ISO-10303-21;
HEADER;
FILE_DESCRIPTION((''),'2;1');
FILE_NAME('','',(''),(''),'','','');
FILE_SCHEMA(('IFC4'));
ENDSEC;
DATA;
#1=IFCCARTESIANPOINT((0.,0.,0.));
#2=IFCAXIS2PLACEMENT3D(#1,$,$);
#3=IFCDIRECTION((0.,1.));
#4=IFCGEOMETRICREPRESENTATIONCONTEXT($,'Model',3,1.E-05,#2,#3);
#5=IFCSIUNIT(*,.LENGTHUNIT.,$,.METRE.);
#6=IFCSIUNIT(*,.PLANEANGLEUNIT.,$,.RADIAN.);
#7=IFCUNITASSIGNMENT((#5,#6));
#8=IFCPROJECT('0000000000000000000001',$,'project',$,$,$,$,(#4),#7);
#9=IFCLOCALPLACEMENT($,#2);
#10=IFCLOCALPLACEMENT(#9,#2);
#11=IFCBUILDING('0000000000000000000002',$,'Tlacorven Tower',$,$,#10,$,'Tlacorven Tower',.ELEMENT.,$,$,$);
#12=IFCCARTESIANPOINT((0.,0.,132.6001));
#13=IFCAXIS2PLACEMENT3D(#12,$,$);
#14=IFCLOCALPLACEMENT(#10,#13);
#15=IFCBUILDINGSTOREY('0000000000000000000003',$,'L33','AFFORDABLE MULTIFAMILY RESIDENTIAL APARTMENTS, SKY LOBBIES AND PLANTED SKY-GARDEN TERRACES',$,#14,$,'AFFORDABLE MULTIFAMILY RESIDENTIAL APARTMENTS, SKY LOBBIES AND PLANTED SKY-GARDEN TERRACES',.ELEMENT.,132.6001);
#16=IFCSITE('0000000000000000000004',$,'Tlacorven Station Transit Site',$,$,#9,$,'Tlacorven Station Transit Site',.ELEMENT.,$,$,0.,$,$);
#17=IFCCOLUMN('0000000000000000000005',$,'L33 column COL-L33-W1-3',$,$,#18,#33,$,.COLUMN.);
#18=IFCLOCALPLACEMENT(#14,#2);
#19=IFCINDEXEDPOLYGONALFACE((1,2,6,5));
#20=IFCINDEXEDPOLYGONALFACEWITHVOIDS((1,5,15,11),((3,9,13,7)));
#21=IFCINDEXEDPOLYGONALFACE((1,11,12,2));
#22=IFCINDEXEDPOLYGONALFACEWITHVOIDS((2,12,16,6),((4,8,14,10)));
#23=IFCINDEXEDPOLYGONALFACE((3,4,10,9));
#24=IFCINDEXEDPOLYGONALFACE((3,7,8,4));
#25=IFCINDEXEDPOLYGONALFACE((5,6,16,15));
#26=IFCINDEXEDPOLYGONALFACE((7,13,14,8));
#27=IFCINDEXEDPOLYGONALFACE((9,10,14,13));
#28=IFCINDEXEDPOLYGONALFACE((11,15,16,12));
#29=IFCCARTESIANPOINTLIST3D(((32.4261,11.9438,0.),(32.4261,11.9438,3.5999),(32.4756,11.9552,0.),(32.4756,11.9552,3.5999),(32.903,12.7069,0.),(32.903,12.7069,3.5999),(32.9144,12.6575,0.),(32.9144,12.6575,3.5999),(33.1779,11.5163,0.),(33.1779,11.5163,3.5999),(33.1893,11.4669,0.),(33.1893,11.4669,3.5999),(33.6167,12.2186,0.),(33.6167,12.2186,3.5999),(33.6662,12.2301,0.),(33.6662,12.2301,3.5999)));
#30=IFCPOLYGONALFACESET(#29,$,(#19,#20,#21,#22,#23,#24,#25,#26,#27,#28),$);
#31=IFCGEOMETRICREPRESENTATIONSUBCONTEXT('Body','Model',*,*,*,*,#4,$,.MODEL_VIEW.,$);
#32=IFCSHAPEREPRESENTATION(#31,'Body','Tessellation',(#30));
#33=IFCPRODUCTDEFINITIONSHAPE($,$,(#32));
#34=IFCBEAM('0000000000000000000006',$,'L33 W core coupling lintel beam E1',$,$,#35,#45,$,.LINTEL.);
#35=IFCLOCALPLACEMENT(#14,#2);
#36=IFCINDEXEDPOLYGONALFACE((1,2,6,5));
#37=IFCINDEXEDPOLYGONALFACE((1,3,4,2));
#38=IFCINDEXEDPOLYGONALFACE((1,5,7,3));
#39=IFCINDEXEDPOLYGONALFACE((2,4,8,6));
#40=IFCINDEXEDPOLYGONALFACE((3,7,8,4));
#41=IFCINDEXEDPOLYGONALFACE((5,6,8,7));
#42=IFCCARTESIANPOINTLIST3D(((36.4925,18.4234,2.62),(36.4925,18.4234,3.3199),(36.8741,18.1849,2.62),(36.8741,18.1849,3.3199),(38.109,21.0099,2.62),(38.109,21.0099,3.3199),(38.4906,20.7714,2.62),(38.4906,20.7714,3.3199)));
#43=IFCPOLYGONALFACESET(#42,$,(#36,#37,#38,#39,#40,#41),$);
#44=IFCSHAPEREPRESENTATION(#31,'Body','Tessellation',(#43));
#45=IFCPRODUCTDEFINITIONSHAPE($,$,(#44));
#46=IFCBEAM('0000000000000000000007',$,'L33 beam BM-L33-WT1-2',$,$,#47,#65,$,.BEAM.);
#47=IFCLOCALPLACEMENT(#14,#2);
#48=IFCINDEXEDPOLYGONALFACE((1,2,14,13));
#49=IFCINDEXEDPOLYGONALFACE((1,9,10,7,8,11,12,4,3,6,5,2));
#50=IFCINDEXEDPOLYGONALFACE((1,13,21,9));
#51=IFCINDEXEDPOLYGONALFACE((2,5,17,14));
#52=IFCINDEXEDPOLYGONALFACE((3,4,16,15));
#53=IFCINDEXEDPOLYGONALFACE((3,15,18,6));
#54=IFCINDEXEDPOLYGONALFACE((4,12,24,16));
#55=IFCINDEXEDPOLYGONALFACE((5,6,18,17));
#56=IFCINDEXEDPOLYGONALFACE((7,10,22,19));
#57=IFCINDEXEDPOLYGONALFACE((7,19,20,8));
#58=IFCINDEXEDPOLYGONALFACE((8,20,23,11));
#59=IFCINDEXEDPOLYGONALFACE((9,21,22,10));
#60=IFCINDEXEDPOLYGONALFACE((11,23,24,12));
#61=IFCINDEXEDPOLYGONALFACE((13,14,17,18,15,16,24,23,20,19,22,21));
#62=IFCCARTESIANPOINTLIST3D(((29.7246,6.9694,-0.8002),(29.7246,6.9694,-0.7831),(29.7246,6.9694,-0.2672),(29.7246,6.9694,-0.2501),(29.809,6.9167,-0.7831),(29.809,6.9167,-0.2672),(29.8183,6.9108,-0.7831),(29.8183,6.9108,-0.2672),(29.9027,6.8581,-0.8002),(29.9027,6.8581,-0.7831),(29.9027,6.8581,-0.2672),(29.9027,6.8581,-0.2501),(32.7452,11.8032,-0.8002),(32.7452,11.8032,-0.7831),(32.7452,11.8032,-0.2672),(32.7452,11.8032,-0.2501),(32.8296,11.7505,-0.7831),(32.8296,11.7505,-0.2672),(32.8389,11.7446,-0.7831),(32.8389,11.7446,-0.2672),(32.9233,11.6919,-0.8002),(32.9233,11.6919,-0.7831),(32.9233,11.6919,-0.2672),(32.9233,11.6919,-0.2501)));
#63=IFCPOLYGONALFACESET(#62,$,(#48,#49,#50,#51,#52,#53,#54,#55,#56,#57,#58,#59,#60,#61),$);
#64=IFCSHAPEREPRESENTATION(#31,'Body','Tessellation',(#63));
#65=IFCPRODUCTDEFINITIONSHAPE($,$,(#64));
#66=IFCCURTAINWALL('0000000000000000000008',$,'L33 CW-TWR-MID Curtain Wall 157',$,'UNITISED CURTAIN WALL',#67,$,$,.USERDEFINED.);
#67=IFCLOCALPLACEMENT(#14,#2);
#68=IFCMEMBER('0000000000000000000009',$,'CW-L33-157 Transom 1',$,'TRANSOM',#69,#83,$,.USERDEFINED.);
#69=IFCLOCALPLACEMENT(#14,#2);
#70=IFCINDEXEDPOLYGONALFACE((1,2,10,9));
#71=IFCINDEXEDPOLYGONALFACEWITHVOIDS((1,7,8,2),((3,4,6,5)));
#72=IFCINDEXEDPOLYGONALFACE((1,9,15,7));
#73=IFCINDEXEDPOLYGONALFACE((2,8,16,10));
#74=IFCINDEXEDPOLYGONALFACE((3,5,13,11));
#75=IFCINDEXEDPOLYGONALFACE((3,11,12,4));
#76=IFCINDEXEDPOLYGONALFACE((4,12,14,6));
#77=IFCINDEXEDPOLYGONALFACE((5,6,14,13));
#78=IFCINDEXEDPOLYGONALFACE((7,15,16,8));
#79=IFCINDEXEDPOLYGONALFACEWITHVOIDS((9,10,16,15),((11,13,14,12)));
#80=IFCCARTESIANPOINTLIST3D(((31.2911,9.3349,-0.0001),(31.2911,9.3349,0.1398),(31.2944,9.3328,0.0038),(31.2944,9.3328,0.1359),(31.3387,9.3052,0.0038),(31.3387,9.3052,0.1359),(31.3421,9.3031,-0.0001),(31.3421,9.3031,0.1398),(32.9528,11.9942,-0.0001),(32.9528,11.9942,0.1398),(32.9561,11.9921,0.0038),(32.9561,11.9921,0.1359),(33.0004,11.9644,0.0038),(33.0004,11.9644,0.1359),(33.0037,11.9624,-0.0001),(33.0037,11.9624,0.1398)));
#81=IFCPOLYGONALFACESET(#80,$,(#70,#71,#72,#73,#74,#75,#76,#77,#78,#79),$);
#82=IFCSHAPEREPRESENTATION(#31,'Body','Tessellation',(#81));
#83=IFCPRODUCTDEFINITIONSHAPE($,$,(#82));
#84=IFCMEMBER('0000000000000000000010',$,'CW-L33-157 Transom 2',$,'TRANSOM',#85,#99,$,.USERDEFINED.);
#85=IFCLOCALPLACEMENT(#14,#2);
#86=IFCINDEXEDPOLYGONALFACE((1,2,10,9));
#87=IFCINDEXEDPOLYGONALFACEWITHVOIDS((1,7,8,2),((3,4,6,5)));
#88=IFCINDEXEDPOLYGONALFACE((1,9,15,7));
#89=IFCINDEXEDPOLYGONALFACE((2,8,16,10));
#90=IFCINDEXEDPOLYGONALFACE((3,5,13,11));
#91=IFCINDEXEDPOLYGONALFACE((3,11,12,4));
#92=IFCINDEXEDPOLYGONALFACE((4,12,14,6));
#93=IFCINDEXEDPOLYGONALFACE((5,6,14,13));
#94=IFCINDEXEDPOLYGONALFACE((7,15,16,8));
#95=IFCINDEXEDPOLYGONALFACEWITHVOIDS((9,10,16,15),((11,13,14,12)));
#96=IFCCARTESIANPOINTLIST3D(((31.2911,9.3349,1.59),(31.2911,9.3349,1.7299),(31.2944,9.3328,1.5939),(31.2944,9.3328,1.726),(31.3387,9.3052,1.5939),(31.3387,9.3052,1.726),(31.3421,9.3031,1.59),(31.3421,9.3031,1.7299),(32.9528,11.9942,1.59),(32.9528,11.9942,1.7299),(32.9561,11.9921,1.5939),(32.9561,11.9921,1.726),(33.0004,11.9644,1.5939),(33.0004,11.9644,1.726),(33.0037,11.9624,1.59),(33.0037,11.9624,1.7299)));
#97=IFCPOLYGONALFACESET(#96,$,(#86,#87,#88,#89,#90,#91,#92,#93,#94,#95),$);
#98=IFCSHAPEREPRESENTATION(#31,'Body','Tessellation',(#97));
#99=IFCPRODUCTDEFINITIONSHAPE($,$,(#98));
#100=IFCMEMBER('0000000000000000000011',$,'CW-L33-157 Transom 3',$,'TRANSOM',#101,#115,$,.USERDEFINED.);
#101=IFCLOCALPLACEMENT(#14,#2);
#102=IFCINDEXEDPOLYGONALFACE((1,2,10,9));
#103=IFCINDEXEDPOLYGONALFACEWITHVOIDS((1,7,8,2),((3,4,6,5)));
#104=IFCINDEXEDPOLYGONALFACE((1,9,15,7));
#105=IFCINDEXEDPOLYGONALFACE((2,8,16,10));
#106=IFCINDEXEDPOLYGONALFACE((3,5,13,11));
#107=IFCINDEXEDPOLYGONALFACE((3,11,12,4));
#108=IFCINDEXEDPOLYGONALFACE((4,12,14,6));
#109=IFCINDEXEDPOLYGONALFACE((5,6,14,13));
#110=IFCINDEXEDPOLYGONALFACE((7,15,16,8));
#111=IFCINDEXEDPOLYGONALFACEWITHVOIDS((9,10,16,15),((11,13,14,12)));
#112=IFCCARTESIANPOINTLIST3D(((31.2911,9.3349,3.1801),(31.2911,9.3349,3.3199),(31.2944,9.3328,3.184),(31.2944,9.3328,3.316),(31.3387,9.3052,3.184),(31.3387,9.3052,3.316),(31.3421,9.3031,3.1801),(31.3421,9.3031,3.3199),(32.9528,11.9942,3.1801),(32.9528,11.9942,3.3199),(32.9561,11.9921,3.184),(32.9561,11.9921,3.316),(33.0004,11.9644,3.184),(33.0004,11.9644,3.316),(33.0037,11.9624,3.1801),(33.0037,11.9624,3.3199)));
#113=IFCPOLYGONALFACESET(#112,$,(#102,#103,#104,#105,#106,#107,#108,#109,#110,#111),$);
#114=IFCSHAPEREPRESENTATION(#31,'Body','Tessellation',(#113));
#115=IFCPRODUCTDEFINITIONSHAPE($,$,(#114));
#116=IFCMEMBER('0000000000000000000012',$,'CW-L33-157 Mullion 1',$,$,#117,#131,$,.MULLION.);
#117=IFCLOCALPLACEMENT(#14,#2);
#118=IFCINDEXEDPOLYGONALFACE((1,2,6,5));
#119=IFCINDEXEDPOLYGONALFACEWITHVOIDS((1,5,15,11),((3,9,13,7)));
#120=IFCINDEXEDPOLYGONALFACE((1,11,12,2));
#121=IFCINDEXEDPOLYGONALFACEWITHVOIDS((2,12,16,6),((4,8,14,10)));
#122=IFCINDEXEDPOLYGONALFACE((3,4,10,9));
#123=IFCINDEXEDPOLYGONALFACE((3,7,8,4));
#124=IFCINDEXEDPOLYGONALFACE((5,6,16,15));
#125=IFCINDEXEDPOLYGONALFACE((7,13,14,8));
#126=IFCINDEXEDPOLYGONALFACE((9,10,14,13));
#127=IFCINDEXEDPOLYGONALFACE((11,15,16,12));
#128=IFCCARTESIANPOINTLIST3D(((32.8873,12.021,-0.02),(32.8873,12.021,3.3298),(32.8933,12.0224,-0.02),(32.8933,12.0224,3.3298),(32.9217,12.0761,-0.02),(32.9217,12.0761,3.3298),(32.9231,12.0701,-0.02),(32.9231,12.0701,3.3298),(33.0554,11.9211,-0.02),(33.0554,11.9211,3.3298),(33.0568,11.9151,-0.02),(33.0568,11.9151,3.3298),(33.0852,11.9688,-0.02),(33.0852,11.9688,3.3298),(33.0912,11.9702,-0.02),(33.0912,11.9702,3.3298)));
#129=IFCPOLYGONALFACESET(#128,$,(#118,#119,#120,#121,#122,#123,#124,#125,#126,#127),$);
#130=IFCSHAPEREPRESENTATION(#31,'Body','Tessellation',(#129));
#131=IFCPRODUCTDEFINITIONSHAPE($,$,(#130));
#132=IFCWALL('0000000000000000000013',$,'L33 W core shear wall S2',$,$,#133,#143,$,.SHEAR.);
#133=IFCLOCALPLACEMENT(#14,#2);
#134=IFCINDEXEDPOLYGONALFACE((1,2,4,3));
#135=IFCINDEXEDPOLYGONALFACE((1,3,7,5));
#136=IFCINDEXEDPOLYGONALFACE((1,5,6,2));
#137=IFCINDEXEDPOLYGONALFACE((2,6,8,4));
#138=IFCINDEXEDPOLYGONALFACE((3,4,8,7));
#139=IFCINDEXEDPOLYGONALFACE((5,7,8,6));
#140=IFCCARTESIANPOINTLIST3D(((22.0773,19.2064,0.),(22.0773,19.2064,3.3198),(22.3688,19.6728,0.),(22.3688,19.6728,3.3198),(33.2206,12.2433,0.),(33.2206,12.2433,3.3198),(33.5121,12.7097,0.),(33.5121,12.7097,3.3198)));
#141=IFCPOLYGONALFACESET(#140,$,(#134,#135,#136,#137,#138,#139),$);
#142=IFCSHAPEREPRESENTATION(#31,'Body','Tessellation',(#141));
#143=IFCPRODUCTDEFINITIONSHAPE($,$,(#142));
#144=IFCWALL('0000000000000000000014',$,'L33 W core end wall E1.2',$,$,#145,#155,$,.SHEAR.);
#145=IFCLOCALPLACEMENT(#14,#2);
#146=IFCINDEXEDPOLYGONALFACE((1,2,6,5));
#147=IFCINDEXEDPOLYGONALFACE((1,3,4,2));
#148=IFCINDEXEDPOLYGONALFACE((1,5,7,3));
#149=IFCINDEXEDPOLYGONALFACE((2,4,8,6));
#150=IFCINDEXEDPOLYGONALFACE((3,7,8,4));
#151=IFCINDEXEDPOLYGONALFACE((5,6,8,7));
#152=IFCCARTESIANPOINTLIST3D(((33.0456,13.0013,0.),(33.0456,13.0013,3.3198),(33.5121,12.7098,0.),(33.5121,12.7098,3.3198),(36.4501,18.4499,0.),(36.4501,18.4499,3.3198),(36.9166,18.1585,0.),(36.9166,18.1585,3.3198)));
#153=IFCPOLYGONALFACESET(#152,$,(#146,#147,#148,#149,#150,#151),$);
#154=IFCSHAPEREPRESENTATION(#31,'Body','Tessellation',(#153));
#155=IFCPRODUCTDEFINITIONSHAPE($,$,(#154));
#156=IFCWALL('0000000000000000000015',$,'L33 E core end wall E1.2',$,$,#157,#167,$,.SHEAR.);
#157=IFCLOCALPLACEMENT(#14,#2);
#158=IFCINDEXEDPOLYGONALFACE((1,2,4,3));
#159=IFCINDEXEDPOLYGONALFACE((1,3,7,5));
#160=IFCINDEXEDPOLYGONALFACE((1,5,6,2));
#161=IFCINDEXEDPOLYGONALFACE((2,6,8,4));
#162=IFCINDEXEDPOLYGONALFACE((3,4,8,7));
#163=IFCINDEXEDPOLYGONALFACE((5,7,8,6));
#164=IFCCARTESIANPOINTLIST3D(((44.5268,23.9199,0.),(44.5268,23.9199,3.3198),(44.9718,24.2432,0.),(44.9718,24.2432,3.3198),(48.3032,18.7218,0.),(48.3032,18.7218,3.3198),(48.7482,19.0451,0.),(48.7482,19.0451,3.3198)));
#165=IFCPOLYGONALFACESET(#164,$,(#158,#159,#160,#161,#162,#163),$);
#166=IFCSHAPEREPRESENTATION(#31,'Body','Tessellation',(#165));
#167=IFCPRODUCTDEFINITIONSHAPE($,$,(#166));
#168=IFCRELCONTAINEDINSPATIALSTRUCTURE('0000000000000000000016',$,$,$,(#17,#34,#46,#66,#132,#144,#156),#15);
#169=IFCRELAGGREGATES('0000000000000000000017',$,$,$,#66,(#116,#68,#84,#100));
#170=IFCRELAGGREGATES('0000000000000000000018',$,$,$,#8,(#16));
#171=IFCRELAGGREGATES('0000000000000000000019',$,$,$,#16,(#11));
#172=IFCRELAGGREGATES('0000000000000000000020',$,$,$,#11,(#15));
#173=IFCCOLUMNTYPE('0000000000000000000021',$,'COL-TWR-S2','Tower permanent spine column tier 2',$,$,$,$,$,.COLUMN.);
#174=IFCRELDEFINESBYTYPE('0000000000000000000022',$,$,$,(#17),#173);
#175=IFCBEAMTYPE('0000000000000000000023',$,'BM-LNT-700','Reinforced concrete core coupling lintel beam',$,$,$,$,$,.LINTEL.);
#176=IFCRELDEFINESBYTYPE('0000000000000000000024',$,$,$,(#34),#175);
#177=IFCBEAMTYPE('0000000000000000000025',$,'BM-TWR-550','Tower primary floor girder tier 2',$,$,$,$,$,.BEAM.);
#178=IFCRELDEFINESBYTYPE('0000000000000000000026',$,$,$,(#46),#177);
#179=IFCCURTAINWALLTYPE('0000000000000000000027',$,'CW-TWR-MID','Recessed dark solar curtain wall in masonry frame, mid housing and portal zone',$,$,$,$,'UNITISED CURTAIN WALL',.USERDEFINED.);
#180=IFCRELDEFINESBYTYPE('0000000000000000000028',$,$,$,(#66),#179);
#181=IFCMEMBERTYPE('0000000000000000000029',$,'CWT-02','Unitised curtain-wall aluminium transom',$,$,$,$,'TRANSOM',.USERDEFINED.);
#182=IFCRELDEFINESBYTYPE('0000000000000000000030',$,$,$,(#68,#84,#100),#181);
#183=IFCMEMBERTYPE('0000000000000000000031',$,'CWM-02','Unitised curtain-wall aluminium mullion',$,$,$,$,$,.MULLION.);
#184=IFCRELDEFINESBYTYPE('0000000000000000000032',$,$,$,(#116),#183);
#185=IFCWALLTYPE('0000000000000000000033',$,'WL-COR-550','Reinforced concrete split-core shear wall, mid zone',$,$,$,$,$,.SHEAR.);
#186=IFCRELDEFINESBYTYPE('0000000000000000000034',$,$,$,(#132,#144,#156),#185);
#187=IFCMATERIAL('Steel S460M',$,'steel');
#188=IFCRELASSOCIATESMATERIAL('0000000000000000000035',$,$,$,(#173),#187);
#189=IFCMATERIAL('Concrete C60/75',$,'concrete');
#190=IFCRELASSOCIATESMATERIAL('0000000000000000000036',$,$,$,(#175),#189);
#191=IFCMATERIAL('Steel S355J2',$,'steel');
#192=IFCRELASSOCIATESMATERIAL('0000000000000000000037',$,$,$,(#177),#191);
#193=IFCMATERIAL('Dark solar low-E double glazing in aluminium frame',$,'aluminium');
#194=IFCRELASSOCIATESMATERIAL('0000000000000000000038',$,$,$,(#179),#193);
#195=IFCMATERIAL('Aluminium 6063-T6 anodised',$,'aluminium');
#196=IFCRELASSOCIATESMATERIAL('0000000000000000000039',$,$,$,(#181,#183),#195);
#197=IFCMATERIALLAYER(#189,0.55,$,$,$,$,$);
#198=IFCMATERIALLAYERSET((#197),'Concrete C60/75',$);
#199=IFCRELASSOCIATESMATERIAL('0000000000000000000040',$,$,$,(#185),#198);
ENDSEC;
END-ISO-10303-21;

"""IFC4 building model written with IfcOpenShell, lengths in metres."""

from ifc_helpers import new_model, si_unit, direction, frame, frame_2d, origin, origin_2d, place, context, subcontext, project, spatial, rectangle, hollow_rectangle, i_section, extrude, source, transform, mapped, material, layer, layer_set, material_profile, profile_set, type_object, element, aggregate, save


model = new_model("IFC4")

# Units and contexts
model_context = context("Model", 3, precision=1e-05, world=origin(), true_north=direction((0.0, 1.0)))
body_context = subcontext(model_context, "Body", "Model", "MODEL_VIEW")
ifc_project = project(units=[si_unit("LENGTHUNIT", "METRE"), si_unit("PLANEANGLEUNIT", "RADIAN")], contexts=[model_context])

# Site, building, storey
site_placement = place(None, origin())
site = spatial("IfcSite", under=ifc_project, at=site_placement, Name="Tlacorven Station Transit Site", LongName="Tlacorven Station Transit Site", CompositionType="ELEMENT", RefElevation=0.0)
building_placement = place(site_placement, origin())
building = spatial("IfcBuilding", under=site, at=building_placement, Name="Tlacorven Tower", LongName="Tlacorven Tower", CompositionType="ELEMENT")
storey_placement = place(building_placement, frame((0.0, 0.0, 132.6001)))
storey = spatial("IfcBuildingStorey", under=building, at=storey_placement, Name="L33", Description="AFFORDABLE MULTIFAMILY RESIDENTIAL APARTMENTS, SKY LOBBIES AND PLANTED SKY-GARDEN TERRACES", LongName="AFFORDABLE MULTIFAMILY RESIDENTIAL APARTMENTS, SKY LOBBIES AND PLANTED SKY-GARDEN TERRACES", CompositionType="ELEMENT", Elevation=132.6001)

# Column
ifc_material_1 = material(Name="Steel S460M", Category="steel")
ifc_material_profile_1 = material_profile(ifc_material_1, hollow_rectangle(XDim=0.8999, YDim=0.8999, WallThickness=0.0359, at=origin_2d()), Name="BOX 900X900X36")
ifc_profile_set_1 = profile_set([ifc_material_profile_1], Name="Steel S460M")
column_type = type_object("IfcColumnType", Name="COL-TWR-S2", Description="Tower permanent spine column tier 2", PredefinedType="COLUMN", material=ifc_profile_set_1)
shared_shape_1 = source(origin(), body_context, "Body", "SweptSolid", [
    extrude(hollow_rectangle(XDim=0.8999, YDim=0.8999, WallThickness=0.0359, at=origin_2d()), origin(), (0.0, 0.0, 1.0), 3.5999),
])
column_placement = place(storey_placement, frame((33.0461, 12.0869, 0.0), z_axis=(0.0, 0.0, 1.0), x_axis=(-0.848048, 0.529919, 0.0)))
element("IfcColumn", 1, at=column_placement, inside=storey, type_object=column_type, Name="L33 column COL-L33-W1-3", PredefinedType="COLUMN", context=body_context, shape_type="MappedRepresentation", body=[
    mapped(shared_shape_1, transform((0.0, 0.0, 0.0), scale=1.0)),
])

# Beams
ifc_material_2 = material(Name="Concrete C60/75", Category="concrete")
ifc_material_profile_2 = material_profile(ifc_material_2, rectangle(XDim=0.45, YDim=0.7, at=origin_2d()), Name="RC 450X700")
ifc_profile_set_2 = profile_set([ifc_material_profile_2], Name="Concrete C60/75")
beam_type_1 = type_object("IfcBeamType", Name="BM-LNT-700", Description="Reinforced concrete core coupling lintel beam", PredefinedType="LINTEL", material=ifc_profile_set_2)
shared_shape_2 = source(origin(), body_context, "Body", "SweptSolid", [
    extrude(rectangle(XDim=0.45, YDim=0.7, at=origin_2d()), origin(), (0.0, 0.0, 1.0), 3.05),
])
beam_1_placement = place(storey_placement, frame((38.2998, 20.8906, 2.97), z_axis=(-0.529985, -0.848007, 0.0), x_axis=(0.848007, -0.529985, 0.0)))
element("IfcBeam", 2, at=beam_1_placement, inside=storey, type_object=beam_type_1, Name="L33 W core coupling lintel beam E1", PredefinedType="LINTEL", context=body_context, shape_type="MappedRepresentation", body=[
    mapped(shared_shape_2, transform((0.0, 0.0, 0.0), scale=1.0)),
])
ifc_material_3 = material(Name="Steel S355J2", Category="steel")
ifc_material_profile_3 = material_profile(ifc_material_3, i_section(OverallWidth=0.21, OverallDepth=0.55, WebThickness=0.011, FlangeThickness=0.0171, at=origin_2d()), Name="IPE 550")
ifc_profile_set_3 = profile_set([ifc_material_profile_3], Name="Steel S355J2")
beam_type_2 = type_object("IfcBeamType", Name="BM-TWR-550", Description="Tower primary floor girder tier 2", PredefinedType="BEAM", material=ifc_profile_set_3)
shared_shape_3 = source(origin(), body_context, "Body", "SweptSolid", [
    extrude(i_section(OverallWidth=0.21, OverallDepth=0.55, WebThickness=0.011, FlangeThickness=0.0171, at=origin_2d()), origin(), (0.0, 0.0, 1.0), 5.7),
])
beam_2_placement = place(storey_placement, frame((32.8342, 11.7476, -0.5251), z_axis=(-0.529926, -0.848044, 0.0), x_axis=(0.848044, -0.529926, 0.0)))
element("IfcBeam", 3, at=beam_2_placement, inside=storey, type_object=beam_type_2, Name="L33 beam BM-L33-WT1-2", PredefinedType="BEAM", context=body_context, shape_type="MappedRepresentation", body=[
    mapped(shared_shape_3, transform((0.0, 0.0, 0.0), scale=1.0)),
])

# Curtain wall, members
ifc_material_4 = material(Name="Dark solar low-E double glazing in aluminium frame", Category="aluminium")
curtain_wall_type = type_object("IfcCurtainWallType", Name="CW-TWR-MID", Description="Recessed dark solar curtain wall in masonry frame, mid housing and portal zone", ElementType="UNITISED CURTAIN WALL", PredefinedType="USERDEFINED", material=ifc_material_4)
curtain_wall_placement = place(storey_placement, origin())
curtain_wall = element("IfcCurtainWall", 4, at=curtain_wall_placement, inside=storey, type_object=curtain_wall_type, Name="L33 CW-TWR-MID Curtain Wall 157", ObjectType="UNITISED CURTAIN WALL", PredefinedType="USERDEFINED")
ifc_material_5 = material(Name="Aluminium 6063-T6 anodised", Category="aluminium")
ifc_material_profile_4 = material_profile(ifc_material_5, hollow_rectangle(XDim=0.0601, YDim=0.1399, WallThickness=0.0039, at=origin_2d()), Name="ALU TRANSOM 60X140")
ifc_profile_set_4 = profile_set([ifc_material_profile_4], Name="Aluminium 6063-T6 anodised")
member_type_1 = type_object("IfcMemberType", Name="CWT-02", Description="Unitised curtain-wall aluminium transom", ElementType="TRANSOM", PredefinedType="USERDEFINED", material=ifc_profile_set_4)
shared_shape_4 = source(origin(), body_context, "Body", "SweptSolid", [
    extrude(hollow_rectangle(XDim=0.0601, YDim=0.1399, WallThickness=0.0039, at=origin_2d()), origin(), (0.0, 0.0, 1.0), 3.1357),
])
member_1_placement = place(storey_placement, frame((32.9783, 11.9783, 0.0698), z_axis=(-0.529915, -0.848051, 0.0), x_axis=(0.848051, -0.529915, 0.0)))
member_1 = element("IfcMember", 5, at=member_1_placement, type_object=member_type_1, Name="CW-L33-157 Transom 1", ObjectType="TRANSOM", PredefinedType="USERDEFINED", context=body_context, shape_type="MappedRepresentation", body=[
    mapped(shared_shape_4, transform((0.0, 0.0, 0.0), scale=1.0)),
])
member_2_placement = place(storey_placement, frame((32.9783, 11.9783, 1.6599), z_axis=(-0.529915, -0.848051, 0.0), x_axis=(0.848051, -0.529915, 0.0)))
member_2 = element("IfcMember", 6, at=member_2_placement, type_object=member_type_1, Name="CW-L33-157 Transom 2", ObjectType="TRANSOM", PredefinedType="USERDEFINED", context=body_context, shape_type="MappedRepresentation", body=[
    mapped(shared_shape_4, transform((0.0, 0.0, 0.0), scale=1.0)),
])
member_3_placement = place(storey_placement, frame((32.9783, 11.9783, 3.25), z_axis=(-0.529915, -0.848051, 0.0), x_axis=(0.848051, -0.529915, 0.0)))
member_3 = element("IfcMember", 7, at=member_3_placement, type_object=member_type_1, Name="CW-L33-157 Transom 3", ObjectType="TRANSOM", PredefinedType="USERDEFINED", context=body_context, shape_type="MappedRepresentation", body=[
    mapped(shared_shape_4, transform((0.0, 0.0, 0.0), scale=1.0)),
])
ifc_material_profile_5 = material_profile(ifc_material_5, hollow_rectangle(XDim=0.0649, YDim=0.2, WallThickness=0.0044, at=origin_2d()), Name="ALU MULLION 65X200")
ifc_profile_set_5 = profile_set([ifc_material_profile_5], Name="Aluminium 6063-T6 anodised")
member_type_2 = type_object("IfcMemberType", Name="CWM-02", Description="Unitised curtain-wall aluminium mullion", PredefinedType="MULLION", material=ifc_profile_set_5)
shared_shape_5 = source(origin(), body_context, "Body", "SweptSolid", [
    extrude(hollow_rectangle(XDim=0.0649, YDim=0.2, WallThickness=0.0044, at=origin_2d()), origin(), (0.0, 0.0, 1.0), 3.3499),
])
member_4_placement = place(storey_placement, frame((32.9893, 11.9956, -0.02), z_axis=(0.0, 0.0, 1.0), x_axis=(-0.529919, -0.848048, 0.0)))
member_4 = element("IfcMember", 8, at=member_4_placement, type_object=member_type_2, Name="CW-L33-157 Mullion 1", PredefinedType="MULLION", context=body_context, shape_type="MappedRepresentation", body=[
    mapped(shared_shape_5, transform((0.0, 0.0, 0.0), scale=1.0)),
])
aggregate(curtain_wall, [member_4, member_1, member_2, member_3])

# Walls
ifc_layer_1 = layer(ifc_material_2, 0.55)
ifc_layer_set_1 = layer_set([ifc_layer_1], Name="Concrete C60/75")
wall_type_1 = type_object("IfcWallType", Name="WL-COR-550", Description="Reinforced concrete split-core shear wall, mid zone", PredefinedType="SHEAR", material=ifc_layer_set_1)
wall_1_placement = place(storey_placement, frame((33.3662, 12.4766, 0.0), z_axis=(0.0, 0.0, 1.0), x_axis=(-0.848047, 0.52992, 0.0)))
element("IfcWall", 9, at=wall_1_placement, inside=storey, type_object=wall_type_1, Name="L33 W core shear wall S2", PredefinedType="SHEAR", context=body_context, shape_type="SweptSolid", body=[
    extrude(rectangle(XDim=13.1399, YDim=0.55, at=frame_2d((6.5698, 0.0))), origin(), (0.0, 0.0, 1.0), 3.3198),
])
wall_2_placement = place(storey_placement, frame((36.6833, 18.3042, 0.0), z_axis=(0.0, 0.0, 1.0), x_axis=(-0.529896, -0.848062, 0.0)))
element("IfcWall", 10, at=wall_2_placement, inside=storey, type_object=wall_type_1, Name="L33 W core end wall E1.2", PredefinedType="SHEAR", context=body_context, shape_type="SweptSolid", body=[
    extrude(rectangle(XDim=6.4248, YDim=0.55, at=frame_2d((3.2124, 0.0))), origin(), (0.0, 0.0, 1.0), 3.3198),
])
wall_3_placement = place(storey_placement, frame((48.5256, 18.8835, 0.0), z_axis=(0.0, 0.0, 1.0), x_axis=(-0.587765, 0.809032, 0.0)))
element("IfcWall", 11, at=wall_3_placement, inside=storey, type_object=wall_type_1, Name="L33 E core end wall E1.2", PredefinedType="SHEAR", context=body_context, shape_type="SweptSolid", body=[
    extrude(rectangle(XDim=6.425, YDim=0.55, at=frame_2d((3.2124, 0.0))), origin(), (0.0, 0.0, 1.0), 3.3198),
])

save(model, "model.ifc")
